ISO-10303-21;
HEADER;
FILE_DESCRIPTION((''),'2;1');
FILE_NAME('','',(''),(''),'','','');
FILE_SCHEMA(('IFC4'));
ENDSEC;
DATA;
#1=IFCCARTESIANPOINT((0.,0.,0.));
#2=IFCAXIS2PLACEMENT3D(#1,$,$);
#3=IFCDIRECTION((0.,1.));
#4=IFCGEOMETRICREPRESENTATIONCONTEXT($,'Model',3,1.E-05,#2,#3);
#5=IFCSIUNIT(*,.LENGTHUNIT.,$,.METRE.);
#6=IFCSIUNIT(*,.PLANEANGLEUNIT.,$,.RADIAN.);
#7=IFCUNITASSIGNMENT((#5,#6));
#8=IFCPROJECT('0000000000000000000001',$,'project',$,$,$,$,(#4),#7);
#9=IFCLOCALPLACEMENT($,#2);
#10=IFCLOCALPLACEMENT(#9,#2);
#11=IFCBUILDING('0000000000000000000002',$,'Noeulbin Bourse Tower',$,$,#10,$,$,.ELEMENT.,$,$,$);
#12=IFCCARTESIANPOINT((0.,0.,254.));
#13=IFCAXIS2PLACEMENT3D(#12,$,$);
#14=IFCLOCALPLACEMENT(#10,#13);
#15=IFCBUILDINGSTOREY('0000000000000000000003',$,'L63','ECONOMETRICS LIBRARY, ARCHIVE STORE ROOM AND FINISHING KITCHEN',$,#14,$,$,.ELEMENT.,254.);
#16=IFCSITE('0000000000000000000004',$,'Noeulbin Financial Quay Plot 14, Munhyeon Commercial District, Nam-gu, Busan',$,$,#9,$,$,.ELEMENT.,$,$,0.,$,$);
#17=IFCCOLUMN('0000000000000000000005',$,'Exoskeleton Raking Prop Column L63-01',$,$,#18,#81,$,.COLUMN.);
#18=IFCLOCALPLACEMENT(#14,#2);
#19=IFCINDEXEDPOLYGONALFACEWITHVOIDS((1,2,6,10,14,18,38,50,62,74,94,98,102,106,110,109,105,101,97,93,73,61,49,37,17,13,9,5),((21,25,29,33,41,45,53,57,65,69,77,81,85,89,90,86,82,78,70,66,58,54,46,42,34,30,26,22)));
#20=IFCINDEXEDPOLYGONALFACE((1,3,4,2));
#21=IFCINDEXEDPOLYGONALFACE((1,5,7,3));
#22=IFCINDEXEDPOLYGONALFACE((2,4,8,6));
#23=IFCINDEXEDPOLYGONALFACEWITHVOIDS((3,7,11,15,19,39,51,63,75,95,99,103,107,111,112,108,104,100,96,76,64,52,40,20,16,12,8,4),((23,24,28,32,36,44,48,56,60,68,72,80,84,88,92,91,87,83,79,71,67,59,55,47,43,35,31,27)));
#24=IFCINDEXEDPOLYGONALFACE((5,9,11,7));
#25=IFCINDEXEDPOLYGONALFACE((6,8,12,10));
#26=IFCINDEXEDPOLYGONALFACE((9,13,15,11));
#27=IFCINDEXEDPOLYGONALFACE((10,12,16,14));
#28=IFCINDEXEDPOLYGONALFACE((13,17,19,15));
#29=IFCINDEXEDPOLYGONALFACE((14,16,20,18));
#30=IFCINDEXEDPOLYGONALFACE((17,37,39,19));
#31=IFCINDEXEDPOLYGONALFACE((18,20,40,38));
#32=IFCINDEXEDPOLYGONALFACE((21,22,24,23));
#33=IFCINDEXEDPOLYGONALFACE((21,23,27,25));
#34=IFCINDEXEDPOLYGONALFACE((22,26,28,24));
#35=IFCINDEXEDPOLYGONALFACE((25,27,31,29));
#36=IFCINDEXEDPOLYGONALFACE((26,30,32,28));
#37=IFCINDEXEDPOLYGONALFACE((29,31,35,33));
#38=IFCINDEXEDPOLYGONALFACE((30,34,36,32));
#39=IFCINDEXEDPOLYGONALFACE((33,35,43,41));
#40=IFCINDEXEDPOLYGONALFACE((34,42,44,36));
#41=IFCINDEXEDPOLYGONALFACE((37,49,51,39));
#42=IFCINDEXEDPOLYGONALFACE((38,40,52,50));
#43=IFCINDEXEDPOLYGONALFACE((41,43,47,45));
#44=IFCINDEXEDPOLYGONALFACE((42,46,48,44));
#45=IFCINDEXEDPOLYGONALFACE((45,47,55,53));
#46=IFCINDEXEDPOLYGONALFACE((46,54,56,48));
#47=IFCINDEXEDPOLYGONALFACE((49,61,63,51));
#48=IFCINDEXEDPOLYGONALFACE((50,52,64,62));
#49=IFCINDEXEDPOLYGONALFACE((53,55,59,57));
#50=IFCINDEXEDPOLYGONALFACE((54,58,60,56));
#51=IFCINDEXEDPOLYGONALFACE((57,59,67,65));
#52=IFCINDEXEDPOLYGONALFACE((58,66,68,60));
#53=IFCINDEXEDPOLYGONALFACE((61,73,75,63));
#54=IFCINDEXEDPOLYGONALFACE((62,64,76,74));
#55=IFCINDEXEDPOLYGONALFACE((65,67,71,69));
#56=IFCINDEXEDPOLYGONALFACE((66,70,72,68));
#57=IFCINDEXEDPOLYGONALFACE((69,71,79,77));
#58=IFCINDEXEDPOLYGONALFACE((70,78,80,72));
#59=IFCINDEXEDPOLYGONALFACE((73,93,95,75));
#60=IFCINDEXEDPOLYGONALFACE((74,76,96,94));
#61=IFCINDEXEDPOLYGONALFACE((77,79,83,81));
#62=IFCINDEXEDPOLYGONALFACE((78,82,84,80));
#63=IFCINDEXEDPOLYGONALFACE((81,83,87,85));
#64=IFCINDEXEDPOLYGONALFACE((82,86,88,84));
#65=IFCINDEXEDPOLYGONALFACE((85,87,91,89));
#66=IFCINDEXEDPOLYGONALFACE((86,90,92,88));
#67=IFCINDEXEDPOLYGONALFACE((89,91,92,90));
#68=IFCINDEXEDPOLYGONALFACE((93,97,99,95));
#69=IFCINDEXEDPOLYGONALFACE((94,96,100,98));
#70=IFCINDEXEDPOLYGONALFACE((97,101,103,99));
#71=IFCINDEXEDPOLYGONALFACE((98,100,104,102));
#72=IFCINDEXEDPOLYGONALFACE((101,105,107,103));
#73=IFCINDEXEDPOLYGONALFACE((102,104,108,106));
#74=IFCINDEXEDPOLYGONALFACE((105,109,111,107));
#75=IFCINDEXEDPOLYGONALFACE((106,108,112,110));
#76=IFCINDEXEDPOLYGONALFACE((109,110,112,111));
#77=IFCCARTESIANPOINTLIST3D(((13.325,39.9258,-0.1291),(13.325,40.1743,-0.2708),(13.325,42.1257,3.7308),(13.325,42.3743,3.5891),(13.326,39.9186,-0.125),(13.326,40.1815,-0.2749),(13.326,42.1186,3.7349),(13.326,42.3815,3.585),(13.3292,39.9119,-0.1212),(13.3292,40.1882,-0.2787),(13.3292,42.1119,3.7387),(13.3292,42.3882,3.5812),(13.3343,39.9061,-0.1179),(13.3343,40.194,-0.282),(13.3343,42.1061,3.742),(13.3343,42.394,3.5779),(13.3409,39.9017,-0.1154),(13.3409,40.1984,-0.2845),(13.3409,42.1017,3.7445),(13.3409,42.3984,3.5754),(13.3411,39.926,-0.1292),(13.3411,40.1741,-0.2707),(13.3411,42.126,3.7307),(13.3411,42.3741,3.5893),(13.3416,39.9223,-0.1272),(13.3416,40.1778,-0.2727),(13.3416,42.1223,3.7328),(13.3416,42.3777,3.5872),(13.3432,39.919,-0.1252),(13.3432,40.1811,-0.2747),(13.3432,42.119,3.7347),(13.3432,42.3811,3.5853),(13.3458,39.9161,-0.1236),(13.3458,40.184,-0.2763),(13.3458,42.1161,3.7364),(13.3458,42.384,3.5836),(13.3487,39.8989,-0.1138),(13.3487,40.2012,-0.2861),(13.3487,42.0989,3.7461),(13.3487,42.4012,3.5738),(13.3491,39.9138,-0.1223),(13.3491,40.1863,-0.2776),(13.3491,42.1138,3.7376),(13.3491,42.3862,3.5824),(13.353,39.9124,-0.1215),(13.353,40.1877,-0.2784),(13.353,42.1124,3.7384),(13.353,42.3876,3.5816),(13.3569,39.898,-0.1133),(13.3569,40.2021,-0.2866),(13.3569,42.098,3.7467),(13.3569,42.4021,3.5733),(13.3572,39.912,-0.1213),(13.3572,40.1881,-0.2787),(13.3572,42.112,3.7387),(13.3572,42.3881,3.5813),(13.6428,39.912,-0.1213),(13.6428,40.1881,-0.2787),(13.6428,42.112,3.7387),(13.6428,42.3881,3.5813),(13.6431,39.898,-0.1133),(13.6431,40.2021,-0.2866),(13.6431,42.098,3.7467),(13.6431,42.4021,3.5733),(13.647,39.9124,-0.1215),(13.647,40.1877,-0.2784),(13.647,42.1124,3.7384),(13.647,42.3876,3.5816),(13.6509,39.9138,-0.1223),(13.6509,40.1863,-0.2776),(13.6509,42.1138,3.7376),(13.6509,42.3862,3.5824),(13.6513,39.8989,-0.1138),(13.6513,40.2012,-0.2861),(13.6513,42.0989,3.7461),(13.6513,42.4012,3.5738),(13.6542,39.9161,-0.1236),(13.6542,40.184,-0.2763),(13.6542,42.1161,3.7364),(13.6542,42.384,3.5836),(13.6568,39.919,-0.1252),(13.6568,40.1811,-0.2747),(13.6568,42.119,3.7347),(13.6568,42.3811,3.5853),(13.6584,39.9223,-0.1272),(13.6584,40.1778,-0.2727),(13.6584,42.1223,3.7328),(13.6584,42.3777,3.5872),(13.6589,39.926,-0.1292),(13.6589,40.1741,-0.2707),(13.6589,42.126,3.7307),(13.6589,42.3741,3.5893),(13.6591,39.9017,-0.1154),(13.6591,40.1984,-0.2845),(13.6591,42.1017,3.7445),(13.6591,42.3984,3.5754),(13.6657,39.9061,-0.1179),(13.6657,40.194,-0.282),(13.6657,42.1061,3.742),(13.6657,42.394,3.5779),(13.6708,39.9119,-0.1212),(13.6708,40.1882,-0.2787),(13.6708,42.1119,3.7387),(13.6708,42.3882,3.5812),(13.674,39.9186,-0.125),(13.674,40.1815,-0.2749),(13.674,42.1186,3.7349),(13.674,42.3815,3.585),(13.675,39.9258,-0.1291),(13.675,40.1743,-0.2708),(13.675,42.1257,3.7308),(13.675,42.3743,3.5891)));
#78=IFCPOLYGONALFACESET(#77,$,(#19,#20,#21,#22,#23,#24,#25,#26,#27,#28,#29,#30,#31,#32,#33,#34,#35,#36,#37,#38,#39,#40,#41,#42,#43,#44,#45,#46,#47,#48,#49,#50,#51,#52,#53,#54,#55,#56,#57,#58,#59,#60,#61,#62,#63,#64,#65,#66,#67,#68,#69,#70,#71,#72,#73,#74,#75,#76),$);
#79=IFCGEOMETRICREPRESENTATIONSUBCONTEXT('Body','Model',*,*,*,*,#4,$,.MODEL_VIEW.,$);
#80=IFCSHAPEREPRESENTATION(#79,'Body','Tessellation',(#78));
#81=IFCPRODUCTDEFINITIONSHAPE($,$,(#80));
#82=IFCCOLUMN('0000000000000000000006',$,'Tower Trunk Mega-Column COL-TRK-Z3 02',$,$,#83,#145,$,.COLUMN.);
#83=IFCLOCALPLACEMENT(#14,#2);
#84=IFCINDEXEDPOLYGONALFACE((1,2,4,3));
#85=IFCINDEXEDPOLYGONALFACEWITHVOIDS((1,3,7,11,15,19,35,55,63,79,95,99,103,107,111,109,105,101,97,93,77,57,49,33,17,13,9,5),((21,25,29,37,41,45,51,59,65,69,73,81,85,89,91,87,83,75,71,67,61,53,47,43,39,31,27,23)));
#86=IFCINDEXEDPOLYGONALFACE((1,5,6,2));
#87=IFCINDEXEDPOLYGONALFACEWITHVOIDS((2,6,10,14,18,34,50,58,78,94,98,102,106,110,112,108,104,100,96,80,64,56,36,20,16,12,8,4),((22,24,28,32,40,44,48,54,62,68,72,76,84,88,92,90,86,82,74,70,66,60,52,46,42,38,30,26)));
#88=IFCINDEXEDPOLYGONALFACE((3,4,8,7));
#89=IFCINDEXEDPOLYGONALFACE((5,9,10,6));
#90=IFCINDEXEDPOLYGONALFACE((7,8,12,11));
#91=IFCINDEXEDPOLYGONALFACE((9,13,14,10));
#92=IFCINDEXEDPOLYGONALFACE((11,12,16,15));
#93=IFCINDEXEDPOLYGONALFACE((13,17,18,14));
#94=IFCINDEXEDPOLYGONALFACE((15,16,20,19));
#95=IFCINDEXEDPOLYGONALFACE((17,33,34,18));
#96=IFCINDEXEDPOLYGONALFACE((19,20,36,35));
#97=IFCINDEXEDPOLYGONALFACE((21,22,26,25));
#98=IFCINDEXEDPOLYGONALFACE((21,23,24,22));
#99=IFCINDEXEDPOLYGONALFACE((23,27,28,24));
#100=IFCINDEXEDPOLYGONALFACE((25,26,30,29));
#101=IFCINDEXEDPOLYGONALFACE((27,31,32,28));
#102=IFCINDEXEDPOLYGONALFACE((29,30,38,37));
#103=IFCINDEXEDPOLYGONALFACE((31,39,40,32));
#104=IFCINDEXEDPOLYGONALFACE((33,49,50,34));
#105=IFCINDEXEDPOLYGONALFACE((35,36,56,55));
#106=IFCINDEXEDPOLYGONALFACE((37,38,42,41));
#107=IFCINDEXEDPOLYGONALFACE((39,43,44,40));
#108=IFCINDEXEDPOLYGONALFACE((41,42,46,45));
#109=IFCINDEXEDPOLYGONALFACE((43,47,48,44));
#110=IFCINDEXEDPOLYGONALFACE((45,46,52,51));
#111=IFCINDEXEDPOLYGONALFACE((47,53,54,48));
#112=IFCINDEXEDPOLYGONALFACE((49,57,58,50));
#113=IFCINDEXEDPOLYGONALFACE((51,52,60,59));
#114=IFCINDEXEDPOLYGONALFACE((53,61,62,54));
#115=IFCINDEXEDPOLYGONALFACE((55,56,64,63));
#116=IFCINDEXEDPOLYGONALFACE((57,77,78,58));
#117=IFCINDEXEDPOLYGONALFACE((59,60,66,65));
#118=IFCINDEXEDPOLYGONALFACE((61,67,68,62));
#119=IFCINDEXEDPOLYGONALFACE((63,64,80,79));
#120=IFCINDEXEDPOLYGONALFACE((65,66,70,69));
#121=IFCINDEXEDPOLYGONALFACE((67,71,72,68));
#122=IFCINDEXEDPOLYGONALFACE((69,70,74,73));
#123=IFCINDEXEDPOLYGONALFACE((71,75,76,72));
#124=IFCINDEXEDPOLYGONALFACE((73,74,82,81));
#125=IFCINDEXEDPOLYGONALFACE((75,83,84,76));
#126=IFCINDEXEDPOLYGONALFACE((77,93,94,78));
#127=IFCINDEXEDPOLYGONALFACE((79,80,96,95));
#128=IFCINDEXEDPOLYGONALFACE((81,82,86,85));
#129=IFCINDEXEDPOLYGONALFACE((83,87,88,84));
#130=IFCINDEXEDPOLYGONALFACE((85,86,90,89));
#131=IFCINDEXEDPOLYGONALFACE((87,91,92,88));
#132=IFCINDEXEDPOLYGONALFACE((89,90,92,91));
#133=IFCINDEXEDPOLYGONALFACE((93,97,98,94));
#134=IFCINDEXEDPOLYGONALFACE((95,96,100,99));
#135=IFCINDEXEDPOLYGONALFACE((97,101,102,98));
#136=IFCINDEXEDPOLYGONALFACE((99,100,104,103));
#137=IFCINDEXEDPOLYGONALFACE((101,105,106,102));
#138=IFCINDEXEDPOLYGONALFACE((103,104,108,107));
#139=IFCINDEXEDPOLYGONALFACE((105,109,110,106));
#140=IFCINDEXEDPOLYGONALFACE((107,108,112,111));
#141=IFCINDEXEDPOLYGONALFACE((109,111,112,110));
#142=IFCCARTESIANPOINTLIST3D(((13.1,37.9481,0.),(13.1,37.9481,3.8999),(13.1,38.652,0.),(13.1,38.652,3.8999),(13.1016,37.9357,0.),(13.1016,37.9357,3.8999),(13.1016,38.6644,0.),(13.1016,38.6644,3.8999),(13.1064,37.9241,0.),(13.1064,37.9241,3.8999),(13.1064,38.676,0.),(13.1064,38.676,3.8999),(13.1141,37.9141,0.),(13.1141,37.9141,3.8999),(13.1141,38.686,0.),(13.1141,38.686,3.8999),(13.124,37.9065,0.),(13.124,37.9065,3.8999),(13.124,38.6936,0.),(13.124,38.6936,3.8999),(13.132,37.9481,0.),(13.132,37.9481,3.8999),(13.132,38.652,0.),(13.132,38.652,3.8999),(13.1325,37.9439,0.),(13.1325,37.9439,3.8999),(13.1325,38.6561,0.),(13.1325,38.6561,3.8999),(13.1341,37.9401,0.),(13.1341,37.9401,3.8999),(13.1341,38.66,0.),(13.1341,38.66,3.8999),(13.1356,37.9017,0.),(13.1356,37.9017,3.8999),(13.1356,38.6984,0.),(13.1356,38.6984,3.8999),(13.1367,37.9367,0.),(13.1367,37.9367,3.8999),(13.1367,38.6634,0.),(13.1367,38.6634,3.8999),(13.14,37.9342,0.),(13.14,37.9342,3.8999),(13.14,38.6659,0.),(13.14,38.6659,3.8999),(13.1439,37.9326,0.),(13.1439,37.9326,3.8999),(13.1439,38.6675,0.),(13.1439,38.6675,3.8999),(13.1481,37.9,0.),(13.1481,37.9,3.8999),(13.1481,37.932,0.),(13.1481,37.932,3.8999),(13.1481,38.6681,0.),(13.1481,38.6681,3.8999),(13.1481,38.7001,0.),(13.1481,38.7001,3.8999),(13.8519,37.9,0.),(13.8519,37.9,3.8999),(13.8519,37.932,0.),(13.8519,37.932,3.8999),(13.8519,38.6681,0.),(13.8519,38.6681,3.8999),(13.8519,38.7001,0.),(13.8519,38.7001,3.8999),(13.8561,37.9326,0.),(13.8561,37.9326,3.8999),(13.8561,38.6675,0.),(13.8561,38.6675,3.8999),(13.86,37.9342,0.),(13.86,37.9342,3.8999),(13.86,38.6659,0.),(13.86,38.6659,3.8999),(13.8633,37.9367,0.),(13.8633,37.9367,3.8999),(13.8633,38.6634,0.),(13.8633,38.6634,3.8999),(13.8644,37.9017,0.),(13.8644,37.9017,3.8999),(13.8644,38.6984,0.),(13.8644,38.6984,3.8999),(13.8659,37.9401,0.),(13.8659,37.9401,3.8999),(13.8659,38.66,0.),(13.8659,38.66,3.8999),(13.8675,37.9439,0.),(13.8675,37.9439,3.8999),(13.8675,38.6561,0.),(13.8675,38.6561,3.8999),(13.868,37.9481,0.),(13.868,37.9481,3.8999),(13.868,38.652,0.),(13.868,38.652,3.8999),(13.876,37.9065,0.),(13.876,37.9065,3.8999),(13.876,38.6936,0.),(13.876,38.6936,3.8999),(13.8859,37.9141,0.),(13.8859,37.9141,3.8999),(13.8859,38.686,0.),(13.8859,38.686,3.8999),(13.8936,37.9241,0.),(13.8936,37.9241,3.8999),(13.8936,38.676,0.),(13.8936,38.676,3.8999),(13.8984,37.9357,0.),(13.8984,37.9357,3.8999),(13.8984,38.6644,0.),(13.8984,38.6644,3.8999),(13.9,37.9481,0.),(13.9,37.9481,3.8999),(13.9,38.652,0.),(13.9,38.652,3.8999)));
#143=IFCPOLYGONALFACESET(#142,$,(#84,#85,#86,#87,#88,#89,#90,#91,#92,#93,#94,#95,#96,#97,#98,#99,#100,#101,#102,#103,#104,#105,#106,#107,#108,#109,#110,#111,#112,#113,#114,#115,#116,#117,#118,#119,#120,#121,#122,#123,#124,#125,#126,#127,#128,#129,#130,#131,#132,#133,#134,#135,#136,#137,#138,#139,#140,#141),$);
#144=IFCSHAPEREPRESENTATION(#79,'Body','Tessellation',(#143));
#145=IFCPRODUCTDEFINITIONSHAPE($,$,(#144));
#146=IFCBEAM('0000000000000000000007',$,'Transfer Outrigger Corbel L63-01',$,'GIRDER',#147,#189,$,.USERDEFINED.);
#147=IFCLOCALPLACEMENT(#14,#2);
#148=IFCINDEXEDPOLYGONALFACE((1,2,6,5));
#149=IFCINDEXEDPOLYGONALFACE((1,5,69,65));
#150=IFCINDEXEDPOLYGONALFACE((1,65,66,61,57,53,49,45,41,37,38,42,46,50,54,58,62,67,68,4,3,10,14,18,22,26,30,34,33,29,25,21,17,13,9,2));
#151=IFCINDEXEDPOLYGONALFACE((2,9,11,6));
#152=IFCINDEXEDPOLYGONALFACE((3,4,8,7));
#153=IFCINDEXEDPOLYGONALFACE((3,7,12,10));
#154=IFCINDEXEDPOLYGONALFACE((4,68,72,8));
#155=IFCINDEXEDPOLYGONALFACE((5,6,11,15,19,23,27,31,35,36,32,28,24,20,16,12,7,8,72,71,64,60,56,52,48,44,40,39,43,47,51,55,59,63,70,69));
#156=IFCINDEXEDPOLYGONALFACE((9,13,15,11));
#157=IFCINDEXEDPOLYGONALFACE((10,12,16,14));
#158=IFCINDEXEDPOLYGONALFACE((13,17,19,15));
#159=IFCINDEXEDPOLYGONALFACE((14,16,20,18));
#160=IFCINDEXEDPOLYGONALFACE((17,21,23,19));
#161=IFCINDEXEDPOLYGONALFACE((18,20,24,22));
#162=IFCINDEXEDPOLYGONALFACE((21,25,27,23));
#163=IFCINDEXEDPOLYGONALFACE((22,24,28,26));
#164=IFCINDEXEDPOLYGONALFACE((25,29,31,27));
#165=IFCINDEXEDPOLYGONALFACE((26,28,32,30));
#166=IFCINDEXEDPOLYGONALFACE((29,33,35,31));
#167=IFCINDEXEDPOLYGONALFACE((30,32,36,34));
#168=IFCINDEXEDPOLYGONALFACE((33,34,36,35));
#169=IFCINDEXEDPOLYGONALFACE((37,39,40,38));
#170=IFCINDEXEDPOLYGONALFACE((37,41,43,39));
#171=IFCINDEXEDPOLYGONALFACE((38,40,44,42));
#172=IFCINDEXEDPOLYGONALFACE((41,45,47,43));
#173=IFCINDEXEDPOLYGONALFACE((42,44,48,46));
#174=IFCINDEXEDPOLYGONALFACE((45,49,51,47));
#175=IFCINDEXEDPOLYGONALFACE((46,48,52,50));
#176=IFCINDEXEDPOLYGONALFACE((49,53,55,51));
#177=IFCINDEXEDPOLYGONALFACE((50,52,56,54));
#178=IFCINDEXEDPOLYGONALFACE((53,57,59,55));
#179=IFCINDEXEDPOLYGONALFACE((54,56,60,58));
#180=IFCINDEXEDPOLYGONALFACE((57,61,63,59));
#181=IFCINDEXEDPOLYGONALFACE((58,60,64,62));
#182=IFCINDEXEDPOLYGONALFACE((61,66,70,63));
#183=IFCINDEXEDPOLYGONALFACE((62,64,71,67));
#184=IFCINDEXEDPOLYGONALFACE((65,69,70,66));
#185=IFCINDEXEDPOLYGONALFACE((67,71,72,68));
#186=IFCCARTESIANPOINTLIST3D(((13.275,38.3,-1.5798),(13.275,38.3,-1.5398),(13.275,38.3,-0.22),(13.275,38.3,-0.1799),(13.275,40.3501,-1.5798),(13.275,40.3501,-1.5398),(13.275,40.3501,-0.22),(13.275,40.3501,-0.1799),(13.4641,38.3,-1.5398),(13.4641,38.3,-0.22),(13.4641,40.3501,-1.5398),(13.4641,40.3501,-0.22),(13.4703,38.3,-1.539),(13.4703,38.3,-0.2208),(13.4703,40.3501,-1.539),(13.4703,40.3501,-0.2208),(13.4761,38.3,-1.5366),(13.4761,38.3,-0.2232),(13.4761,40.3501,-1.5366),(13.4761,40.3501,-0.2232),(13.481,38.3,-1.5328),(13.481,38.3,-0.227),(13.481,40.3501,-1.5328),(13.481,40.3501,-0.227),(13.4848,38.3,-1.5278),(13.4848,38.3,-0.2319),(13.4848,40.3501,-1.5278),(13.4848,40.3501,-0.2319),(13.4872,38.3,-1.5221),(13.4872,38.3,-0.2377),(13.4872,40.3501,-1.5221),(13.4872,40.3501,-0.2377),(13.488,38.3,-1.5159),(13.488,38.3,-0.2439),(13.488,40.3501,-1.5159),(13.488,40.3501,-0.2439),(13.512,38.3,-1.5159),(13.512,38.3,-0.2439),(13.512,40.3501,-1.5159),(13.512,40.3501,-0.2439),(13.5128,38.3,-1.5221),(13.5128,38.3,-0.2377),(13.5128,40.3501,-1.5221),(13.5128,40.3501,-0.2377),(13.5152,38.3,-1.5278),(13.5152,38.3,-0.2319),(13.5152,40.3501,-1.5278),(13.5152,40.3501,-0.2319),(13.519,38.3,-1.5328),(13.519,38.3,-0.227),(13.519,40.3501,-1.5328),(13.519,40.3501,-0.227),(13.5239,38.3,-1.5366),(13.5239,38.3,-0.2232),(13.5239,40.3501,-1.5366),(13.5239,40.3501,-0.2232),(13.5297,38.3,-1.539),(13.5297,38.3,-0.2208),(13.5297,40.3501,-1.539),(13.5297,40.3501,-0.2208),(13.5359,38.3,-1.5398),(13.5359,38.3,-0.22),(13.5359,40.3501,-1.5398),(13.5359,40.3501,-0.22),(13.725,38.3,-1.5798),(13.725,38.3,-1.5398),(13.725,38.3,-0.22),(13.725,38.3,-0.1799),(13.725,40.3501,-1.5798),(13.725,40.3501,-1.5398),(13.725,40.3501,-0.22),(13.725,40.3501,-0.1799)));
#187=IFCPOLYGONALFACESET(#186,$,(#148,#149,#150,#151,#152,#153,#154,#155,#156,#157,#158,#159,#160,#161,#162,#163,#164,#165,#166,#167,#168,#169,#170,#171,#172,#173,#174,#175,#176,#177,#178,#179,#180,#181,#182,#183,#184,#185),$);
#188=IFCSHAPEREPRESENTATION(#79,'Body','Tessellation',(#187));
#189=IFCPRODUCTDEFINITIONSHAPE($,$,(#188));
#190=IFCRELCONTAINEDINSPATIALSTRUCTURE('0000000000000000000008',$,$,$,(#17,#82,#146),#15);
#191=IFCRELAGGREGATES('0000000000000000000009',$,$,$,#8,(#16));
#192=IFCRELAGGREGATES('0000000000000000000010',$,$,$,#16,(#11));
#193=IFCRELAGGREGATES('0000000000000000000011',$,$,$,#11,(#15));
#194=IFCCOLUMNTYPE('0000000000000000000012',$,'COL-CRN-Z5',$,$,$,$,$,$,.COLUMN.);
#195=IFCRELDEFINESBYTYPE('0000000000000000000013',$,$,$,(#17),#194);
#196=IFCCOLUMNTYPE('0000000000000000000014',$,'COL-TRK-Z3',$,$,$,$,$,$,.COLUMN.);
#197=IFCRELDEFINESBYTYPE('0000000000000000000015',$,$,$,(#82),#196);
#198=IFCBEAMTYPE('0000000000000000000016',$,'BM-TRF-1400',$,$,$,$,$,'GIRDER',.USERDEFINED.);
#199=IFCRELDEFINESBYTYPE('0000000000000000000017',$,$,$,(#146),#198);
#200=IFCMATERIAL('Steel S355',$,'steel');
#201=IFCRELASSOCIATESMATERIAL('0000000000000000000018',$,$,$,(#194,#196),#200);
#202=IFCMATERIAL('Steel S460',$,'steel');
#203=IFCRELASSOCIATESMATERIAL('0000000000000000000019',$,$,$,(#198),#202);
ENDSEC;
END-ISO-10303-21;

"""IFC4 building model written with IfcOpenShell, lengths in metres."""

from ifc_helpers import new_model, si_unit, direction, frame, origin, origin_2d, place, context, subcontext, project, spatial, hollow_rectangle, i_section, extrude, material, material_profile, profile_set, type_object, element, save


model = new_model("IFC4")

# Units and contexts
model_context = context("Model", 3, precision=1e-05, world=origin(), true_north=direction((0.0, 1.0)))
body_context = subcontext(model_context, "Body", "Model", "MODEL_VIEW")
ifc_project = project(units=[si_unit("LENGTHUNIT", "METRE"), si_unit("PLANEANGLEUNIT", "RADIAN")], contexts=[model_context])

# Site, building, storey
site_placement = place(None, origin())
site = spatial("IfcSite", under=ifc_project, at=site_placement, Name="Noeulbin Financial Quay Plot 14, Munhyeon Commercial District, Nam-gu, Busan", CompositionType="ELEMENT", RefElevation=0.0)
building_placement = place(site_placement, origin())
building = spatial("IfcBuilding", under=site, at=building_placement, Name="Noeulbin Bourse Tower", CompositionType="ELEMENT")
storey_placement = place(building_placement, frame((0.0, 0.0, 254.0)))
storey = spatial("IfcBuildingStorey", under=building, at=storey_placement, Name="L63", Description="ECONOMETRICS LIBRARY, ARCHIVE STORE ROOM AND FINISHING KITCHEN", CompositionType="ELEMENT", Elevation=254.0)

# Columns
ifc_material_1 = material(Name="Steel S355", Category="steel")
ifc_material_profile_1 = material_profile(ifc_material_1, hollow_rectangle(XDim=0.3501, YDim=0.3501, WallThickness=0.0161, InnerFilletRadius=0.0161, OuterFilletRadius=0.032, at=origin_2d()), Name="SHS-350x350x16", Category="LoadBearing")
ifc_profile_set_1 = profile_set([ifc_material_profile_1], Name="Steel S355")
column_type_1 = type_object("IfcColumnType", Name="COL-CRN-Z5", PredefinedType="COLUMN", material=ifc_profile_set_1)
column_1_placement = place(storey_placement, frame((13.5, 40.05, -0.2), z_axis=(0.0, 0.495174, 0.868794), x_axis=(-1.0, 0.0, 0.0)))
element("IfcColumn", 1, at=column_1_placement, inside=storey, type_object=column_type_1, Name="Exoskeleton Raking Prop Column L63-01", PredefinedType="COLUMN", context=body_context, shape_type="SweptSolid", body=[
    extrude(hollow_rectangle(XDim=0.3501, YDim=0.3501, WallThickness=0.0161, InnerFilletRadius=0.0161, OuterFilletRadius=0.032, at=origin_2d()), origin(), (0.0, 0.0, 1.0), 4.4429),
])
ifc_material_profile_2 = material_profile(ifc_material_1, hollow_rectangle(XDim=0.8, YDim=0.8, WallThickness=0.032, InnerFilletRadius=0.0161, OuterFilletRadius=0.0481, at=origin_2d()), Name="BOX-800x800x32", Category="LoadBearing")
ifc_profile_set_2 = profile_set([ifc_material_profile_2], Name="Steel S355")
column_type_2 = type_object("IfcColumnType", Name="COL-TRK-Z3", PredefinedType="COLUMN", material=ifc_profile_set_2)
column_2_placement = place(storey_placement, frame((13.5, 38.3, 0.0), z_axis=(0.0, 0.0, 1.0), x_axis=(1.0, 0.0, 0.0)))
element("IfcColumn", 2, at=column_2_placement, inside=storey, type_object=column_type_2, Name="Tower Trunk Mega-Column COL-TRK-Z3 02", PredefinedType="COLUMN", context=body_context, shape_type="SweptSolid", body=[
    extrude(hollow_rectangle(XDim=0.8, YDim=0.8, WallThickness=0.032, InnerFilletRadius=0.0161, OuterFilletRadius=0.0481, at=origin_2d()), origin(), (0.0, 0.0, 1.0), 3.8999),
])

# Beam
ifc_material_2 = material(Name="Steel S460", Category="steel")
ifc_material_profile_3 = material_profile(ifc_material_2, i_section(OverallWidth=0.45, OverallDepth=1.3999, WebThickness=0.0239, FlangeThickness=0.04, FilletRadius=0.0239, at=origin_2d()), Name="PG-1400x450x24x40", Category="LoadBearing")
ifc_profile_set_3 = profile_set([ifc_material_profile_3], Name="Steel S460")
beam_type = type_object("IfcBeamType", Name="BM-TRF-1400", ElementType="GIRDER", PredefinedType="USERDEFINED", material=ifc_profile_set_3)
beam_placement = place(storey_placement, frame((13.5, 38.3, -0.8799), z_axis=(0.0, 1.0, 0.0), x_axis=(-1.0, 0.0, 0.0)))
element("IfcBeam", 3, at=beam_placement, inside=storey, type_object=beam_type, Name="Transfer Outrigger Corbel L63-01", ObjectType="GIRDER", PredefinedType="USERDEFINED", context=body_context, shape_type="SweptSolid", body=[
    extrude(i_section(OverallWidth=0.45, OverallDepth=1.3999, WebThickness=0.0239, FlangeThickness=0.04, FilletRadius=0.0239, at=origin_2d()), origin(), (0.0, 0.0, 1.0), 2.05),
])

save(model, "model.ifc")
